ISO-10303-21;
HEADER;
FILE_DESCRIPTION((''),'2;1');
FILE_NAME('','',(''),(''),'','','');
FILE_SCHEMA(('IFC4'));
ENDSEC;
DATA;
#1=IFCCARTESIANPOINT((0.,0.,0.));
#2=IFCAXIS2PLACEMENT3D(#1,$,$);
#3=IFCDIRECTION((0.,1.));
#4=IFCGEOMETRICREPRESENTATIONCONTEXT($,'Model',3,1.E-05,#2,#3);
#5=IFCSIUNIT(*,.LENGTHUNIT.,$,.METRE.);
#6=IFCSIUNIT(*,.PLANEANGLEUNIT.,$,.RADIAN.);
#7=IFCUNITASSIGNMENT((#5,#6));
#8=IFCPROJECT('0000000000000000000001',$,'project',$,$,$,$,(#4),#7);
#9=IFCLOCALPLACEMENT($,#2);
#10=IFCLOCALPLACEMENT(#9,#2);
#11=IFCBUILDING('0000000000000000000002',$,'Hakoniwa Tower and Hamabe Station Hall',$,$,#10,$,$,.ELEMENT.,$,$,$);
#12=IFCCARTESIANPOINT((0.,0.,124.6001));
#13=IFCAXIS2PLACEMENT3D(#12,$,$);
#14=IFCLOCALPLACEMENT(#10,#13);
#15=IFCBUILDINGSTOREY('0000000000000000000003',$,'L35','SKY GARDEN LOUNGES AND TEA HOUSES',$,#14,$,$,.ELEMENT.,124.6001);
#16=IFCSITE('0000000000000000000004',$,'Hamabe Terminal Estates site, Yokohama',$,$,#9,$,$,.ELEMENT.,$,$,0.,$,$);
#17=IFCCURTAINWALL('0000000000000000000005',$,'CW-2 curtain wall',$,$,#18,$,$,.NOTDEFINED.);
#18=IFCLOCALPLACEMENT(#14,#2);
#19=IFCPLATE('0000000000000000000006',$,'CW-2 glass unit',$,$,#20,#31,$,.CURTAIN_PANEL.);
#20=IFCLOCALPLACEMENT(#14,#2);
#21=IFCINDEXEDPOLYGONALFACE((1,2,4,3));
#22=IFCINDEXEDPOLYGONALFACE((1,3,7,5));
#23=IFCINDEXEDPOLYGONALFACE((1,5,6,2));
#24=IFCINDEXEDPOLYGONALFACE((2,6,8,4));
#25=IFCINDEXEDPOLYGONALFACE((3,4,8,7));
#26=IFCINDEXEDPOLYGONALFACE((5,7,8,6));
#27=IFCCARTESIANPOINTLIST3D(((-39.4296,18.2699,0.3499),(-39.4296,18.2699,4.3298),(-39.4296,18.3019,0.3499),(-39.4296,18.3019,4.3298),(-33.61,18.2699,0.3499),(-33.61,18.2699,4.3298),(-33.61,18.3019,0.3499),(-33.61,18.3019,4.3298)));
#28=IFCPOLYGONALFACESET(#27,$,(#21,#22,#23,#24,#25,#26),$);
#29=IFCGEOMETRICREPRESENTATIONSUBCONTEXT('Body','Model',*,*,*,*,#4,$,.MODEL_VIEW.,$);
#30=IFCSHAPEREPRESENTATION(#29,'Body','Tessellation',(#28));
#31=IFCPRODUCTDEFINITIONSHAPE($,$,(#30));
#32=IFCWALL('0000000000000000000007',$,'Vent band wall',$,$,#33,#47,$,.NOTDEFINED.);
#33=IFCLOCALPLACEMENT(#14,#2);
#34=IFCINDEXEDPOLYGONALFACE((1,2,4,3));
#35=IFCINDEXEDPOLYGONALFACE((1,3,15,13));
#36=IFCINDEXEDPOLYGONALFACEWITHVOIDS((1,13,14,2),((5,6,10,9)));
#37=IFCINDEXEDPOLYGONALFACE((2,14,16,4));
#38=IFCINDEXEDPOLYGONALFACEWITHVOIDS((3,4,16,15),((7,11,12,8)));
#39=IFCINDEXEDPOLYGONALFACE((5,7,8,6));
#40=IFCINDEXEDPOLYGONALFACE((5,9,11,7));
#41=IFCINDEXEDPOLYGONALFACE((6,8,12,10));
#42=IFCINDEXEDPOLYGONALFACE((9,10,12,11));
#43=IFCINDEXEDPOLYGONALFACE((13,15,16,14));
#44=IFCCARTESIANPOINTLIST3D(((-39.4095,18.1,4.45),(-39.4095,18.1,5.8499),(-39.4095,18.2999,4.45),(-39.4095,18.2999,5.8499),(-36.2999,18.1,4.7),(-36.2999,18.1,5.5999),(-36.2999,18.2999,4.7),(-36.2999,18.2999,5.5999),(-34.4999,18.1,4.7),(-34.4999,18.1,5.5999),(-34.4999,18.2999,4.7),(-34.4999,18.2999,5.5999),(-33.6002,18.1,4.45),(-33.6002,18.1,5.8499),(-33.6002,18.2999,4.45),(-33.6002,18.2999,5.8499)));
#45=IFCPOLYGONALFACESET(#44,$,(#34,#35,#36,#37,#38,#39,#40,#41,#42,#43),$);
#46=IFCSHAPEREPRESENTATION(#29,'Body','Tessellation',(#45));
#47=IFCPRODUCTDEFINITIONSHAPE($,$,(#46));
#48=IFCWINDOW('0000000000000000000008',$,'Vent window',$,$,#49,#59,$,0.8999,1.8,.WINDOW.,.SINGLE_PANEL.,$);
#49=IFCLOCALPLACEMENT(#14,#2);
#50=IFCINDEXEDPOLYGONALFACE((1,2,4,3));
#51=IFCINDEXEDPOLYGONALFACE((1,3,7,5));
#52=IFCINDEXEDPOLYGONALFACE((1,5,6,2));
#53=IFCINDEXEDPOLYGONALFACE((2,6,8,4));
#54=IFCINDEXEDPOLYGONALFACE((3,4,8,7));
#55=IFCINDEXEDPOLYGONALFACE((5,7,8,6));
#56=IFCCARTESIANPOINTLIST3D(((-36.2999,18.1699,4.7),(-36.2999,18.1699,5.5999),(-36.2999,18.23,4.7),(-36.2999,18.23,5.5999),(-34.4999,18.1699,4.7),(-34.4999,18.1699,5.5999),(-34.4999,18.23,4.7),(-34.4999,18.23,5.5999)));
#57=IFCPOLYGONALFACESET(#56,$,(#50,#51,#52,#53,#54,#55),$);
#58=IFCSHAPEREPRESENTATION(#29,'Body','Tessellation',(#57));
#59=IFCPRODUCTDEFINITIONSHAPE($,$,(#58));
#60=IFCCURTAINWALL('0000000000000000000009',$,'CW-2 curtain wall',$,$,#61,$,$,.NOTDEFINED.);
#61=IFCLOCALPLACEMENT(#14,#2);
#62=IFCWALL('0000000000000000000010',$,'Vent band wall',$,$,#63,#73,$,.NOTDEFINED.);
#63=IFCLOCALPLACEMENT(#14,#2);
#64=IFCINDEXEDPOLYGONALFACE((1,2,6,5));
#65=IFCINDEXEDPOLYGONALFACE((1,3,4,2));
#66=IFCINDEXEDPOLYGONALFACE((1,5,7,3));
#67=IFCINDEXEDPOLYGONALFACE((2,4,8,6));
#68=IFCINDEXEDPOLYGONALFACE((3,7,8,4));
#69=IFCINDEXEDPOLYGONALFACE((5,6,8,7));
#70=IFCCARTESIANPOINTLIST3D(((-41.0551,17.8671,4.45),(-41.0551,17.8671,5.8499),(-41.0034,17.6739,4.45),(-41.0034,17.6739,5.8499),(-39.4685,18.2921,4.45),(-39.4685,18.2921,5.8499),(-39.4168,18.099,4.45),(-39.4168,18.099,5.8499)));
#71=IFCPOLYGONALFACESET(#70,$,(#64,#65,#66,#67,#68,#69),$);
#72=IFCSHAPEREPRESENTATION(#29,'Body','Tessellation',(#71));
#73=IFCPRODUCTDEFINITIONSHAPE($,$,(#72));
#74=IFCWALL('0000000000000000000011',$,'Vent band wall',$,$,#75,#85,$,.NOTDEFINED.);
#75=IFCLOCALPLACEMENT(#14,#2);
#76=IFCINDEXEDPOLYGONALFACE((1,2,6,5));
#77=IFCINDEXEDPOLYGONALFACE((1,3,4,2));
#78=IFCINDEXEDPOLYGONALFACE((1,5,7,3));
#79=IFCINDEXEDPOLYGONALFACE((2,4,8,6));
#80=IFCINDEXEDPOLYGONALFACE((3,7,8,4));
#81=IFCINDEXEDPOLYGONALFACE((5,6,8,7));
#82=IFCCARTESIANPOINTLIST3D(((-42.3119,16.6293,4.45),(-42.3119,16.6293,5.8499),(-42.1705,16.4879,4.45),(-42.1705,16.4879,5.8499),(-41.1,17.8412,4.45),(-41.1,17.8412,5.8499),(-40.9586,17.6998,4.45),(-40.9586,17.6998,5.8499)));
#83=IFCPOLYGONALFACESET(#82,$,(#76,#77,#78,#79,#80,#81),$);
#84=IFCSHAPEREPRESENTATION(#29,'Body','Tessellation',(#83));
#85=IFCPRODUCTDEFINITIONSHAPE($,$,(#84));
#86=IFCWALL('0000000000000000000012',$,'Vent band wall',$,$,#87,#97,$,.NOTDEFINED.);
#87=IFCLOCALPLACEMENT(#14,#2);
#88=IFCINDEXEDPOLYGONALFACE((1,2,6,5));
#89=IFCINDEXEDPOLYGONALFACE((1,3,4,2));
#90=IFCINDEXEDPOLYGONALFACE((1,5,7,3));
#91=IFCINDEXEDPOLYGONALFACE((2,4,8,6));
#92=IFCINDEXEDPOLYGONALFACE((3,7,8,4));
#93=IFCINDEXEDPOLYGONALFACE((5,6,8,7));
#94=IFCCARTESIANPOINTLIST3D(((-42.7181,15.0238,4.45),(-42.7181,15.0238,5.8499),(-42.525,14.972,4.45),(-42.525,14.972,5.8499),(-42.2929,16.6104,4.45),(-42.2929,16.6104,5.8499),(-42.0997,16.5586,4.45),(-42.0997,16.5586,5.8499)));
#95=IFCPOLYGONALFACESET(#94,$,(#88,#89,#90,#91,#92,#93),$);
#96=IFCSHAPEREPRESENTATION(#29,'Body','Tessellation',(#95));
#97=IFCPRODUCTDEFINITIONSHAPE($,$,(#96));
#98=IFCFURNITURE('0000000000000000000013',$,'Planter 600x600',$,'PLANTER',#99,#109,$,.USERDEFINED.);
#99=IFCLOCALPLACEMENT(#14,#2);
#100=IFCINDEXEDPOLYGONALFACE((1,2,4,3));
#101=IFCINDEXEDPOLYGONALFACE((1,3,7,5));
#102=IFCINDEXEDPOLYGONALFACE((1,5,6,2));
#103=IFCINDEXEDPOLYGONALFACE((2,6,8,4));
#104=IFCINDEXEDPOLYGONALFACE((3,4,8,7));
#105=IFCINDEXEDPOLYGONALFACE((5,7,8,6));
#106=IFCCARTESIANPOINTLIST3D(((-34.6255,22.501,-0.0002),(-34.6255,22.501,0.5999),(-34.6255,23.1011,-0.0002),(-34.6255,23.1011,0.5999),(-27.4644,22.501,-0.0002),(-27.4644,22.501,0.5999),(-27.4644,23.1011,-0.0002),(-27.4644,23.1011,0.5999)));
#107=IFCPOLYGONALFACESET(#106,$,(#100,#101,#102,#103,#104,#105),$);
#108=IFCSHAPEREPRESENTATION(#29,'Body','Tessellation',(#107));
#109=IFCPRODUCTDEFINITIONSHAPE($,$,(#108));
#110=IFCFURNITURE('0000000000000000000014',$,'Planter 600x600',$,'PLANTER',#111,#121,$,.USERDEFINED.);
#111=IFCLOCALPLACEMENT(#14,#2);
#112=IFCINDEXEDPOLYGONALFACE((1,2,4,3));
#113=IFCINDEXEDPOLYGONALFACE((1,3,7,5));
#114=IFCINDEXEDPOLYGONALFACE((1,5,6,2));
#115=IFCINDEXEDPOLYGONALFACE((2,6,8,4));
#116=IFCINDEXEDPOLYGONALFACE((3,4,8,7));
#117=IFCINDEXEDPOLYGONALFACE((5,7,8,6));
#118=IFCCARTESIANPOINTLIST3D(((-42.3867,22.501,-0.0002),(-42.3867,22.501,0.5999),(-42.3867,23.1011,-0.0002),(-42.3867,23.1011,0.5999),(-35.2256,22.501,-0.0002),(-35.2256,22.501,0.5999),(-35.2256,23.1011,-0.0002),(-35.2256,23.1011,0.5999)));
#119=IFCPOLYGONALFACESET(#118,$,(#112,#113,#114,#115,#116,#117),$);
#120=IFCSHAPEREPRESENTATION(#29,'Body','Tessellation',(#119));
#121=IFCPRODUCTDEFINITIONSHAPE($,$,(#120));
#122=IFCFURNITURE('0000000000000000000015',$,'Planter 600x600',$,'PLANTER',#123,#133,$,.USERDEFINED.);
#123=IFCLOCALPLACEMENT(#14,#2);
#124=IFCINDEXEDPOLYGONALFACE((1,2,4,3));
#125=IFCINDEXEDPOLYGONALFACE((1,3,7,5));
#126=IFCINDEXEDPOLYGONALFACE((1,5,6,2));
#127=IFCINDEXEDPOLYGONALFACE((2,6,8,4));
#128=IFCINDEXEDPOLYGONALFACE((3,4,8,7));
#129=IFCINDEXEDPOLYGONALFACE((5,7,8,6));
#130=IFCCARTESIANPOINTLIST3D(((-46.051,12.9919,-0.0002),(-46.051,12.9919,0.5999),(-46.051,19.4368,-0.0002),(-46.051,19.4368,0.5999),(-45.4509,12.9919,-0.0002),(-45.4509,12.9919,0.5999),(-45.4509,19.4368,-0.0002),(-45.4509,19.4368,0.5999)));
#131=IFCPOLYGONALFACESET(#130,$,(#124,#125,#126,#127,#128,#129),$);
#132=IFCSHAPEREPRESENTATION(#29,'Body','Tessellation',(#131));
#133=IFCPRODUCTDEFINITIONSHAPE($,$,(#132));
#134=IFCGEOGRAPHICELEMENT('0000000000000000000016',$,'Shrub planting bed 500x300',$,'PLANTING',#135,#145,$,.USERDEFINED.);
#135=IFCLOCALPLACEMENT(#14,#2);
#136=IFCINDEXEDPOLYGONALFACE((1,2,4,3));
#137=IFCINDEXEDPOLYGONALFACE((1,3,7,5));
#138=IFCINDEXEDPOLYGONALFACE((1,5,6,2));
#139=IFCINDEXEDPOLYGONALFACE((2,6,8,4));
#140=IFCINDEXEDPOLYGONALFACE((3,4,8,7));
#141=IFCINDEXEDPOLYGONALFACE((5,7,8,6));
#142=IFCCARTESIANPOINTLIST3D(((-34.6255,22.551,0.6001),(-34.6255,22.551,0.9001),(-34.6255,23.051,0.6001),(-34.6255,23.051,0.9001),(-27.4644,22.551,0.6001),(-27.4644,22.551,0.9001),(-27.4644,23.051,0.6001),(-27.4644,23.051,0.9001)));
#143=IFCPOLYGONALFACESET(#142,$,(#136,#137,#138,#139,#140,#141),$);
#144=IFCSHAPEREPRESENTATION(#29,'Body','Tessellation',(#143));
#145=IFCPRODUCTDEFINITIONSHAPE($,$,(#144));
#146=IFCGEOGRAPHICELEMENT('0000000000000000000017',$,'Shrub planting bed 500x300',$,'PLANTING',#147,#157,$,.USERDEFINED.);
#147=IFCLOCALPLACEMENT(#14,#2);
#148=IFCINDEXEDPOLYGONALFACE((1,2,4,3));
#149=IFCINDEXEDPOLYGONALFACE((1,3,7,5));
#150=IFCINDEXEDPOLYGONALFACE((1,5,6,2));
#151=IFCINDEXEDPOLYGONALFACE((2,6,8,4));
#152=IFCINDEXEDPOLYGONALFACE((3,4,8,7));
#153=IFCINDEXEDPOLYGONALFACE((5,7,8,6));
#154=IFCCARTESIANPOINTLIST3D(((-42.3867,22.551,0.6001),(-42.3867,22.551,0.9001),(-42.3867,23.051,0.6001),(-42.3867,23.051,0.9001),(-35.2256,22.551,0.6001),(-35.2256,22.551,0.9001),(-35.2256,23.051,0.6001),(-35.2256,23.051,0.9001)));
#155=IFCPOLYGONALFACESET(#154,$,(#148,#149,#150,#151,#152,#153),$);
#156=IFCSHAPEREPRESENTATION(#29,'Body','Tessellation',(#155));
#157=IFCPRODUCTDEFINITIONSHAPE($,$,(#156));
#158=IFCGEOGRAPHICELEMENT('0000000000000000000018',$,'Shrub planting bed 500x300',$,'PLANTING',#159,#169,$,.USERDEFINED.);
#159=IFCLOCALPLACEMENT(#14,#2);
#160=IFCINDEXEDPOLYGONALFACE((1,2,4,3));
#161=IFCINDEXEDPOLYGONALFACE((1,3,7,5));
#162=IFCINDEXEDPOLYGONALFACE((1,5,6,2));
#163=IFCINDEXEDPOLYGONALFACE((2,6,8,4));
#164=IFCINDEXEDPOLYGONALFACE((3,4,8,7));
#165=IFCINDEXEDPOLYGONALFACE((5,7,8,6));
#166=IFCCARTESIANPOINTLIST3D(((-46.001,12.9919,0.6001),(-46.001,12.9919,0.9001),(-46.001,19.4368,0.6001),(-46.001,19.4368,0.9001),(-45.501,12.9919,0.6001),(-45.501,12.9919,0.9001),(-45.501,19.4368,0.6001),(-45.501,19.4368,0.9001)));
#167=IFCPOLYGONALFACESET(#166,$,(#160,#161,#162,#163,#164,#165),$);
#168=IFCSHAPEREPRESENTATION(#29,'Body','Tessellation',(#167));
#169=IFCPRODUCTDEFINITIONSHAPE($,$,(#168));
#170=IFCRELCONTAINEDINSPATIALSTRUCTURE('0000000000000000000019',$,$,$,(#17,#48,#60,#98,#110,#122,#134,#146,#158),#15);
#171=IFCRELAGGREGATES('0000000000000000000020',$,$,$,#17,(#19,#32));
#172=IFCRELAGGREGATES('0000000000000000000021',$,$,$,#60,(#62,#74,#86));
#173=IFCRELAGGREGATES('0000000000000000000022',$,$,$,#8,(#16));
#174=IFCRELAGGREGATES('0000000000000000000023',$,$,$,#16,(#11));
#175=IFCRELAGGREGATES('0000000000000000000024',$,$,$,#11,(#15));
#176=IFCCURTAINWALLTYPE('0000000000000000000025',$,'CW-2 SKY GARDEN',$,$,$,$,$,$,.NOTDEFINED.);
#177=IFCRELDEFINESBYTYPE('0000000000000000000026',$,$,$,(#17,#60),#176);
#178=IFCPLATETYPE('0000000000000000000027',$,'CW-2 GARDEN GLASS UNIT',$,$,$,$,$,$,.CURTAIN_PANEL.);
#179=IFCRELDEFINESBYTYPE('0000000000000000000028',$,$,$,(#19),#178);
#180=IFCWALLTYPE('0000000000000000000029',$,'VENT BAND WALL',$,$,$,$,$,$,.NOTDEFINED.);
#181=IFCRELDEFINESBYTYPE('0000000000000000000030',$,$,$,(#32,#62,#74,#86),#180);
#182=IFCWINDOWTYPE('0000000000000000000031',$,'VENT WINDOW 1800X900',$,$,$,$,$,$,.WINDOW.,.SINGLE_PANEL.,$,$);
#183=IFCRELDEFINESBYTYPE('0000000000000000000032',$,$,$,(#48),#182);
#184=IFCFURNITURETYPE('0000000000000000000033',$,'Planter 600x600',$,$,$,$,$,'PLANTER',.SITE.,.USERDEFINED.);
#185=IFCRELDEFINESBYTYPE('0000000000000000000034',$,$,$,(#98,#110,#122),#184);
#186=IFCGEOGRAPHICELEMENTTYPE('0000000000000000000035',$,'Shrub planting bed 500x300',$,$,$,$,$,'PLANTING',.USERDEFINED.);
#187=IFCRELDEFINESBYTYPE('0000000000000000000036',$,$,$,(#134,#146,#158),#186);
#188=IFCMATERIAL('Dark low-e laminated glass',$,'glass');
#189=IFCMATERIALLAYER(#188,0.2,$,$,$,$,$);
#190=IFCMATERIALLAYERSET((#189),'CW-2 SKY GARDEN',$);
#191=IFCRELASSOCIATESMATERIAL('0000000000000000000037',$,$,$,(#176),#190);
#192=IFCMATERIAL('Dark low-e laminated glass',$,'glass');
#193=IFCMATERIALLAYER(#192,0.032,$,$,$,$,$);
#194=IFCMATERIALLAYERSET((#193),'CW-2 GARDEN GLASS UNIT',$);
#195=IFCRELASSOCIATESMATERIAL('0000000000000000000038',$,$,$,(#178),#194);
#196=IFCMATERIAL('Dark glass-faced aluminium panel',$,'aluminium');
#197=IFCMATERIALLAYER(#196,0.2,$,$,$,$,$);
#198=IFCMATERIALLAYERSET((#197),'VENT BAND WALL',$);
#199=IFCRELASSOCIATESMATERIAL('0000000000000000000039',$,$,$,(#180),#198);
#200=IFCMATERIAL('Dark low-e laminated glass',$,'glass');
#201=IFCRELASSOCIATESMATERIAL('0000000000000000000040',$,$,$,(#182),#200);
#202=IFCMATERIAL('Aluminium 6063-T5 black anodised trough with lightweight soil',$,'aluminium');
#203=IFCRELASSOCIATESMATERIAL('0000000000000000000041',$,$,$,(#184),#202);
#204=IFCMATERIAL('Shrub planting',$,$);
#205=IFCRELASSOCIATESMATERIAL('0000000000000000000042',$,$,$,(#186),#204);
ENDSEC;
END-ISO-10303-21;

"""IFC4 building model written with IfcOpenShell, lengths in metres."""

from ifc_helpers import new_model, si_unit, direction, frame, frame_2d, origin, origin_2d, place, context, subcontext, project, spatial, rectangle, extrude, material, layer, layer_set, type_object, element, fill, aggregate, save


model = new_model("IFC4")

# Units and contexts
model_context = context("Model", 3, precision=1e-05, world=origin(), true_north=direction((0.0, 1.0)))
body_context = subcontext(model_context, "Body", "Model", "MODEL_VIEW")
ifc_project = project(units=[si_unit("LENGTHUNIT", "METRE"), si_unit("PLANEANGLEUNIT", "RADIAN")], contexts=[model_context])

# Site, building, storey
site_placement = place(None, origin())
site = spatial("IfcSite", under=ifc_project, at=site_placement, Name="Hamabe Terminal Estates site, Yokohama", CompositionType="ELEMENT", RefElevation=0.0)
building_placement = place(site_placement, origin())
building = spatial("IfcBuilding", under=site, at=building_placement, Name="Hakoniwa Tower and Hamabe Station Hall", CompositionType="ELEMENT")
storey_placement = place(building_placement, frame((0.0, 0.0, 124.6001)))
storey = spatial("IfcBuildingStorey", under=building, at=storey_placement, Name="L35", Description="SKY GARDEN LOUNGES AND TEA HOUSES", CompositionType="ELEMENT", Elevation=124.6001)

# Curtain wall
ifc_material_1 = material(Name="Dark low-e laminated glass", Category="glass")
ifc_layer_1 = layer(ifc_material_1, 0.2)
ifc_layer_set_1 = layer_set([ifc_layer_1], Name="CW-2 SKY GARDEN")
curtain_wall_type = type_object("IfcCurtainWallType", Name="CW-2 SKY GARDEN", PredefinedType="NOTDEFINED", material=ifc_layer_set_1)
curtain_wall_1_placement = place(storey_placement, origin())
curtain_wall_1 = element("IfcCurtainWall", 1, at=curtain_wall_1_placement, inside=storey, type_object=curtain_wall_type, Name="CW-2 curtain wall", PredefinedType="NOTDEFINED")

# Plate
ifc_material_2 = material(Name="Dark low-e laminated glass", Category="glass")
ifc_layer_2 = layer(ifc_material_2, 0.032)
ifc_layer_set_2 = layer_set([ifc_layer_2], Name="CW-2 GARDEN GLASS UNIT")
plate_type = type_object("IfcPlateType", Name="CW-2 GARDEN GLASS UNIT", PredefinedType="CURTAIN_PANEL", material=ifc_layer_set_2)
plate_1_placement = place(storey_placement, frame((-36.5198, 18.2859, 0.3499), z_axis=(0.0, 0.0, 1.0), x_axis=(-1.0, 0.0, 0.0)))
plate_1 = element("IfcPlate", 2, at=plate_1_placement, type_object=plate_type, Name="CW-2 glass unit", PredefinedType="CURTAIN_PANEL", context=body_context, shape_type="SweptSolid", body=[
    extrude(rectangle(XDim=5.8196, YDim=0.032, at=origin_2d()), origin(), (0.0, 0.0, 1.0), 3.98),
])

# Wall, opening, window
ifc_material_3 = material(Name="Dark glass-faced aluminium panel", Category="aluminium")
ifc_layer_3 = layer(ifc_material_3, 0.2)
ifc_layer_set_3 = layer_set([ifc_layer_3], Name="VENT BAND WALL")
wall_type = type_object("IfcWallType", Name="VENT BAND WALL", PredefinedType="NOTDEFINED", material=ifc_layer_set_3)
wall_1_placement = place(storey_placement, frame((-33.6001, 18.2, 4.45), z_axis=(0.0, 0.0, 1.0), x_axis=(-1.0, 0.0, 0.0)))
wall_1 = element("IfcWall", 3, at=wall_1_placement, type_object=wall_type, Name="Vent band wall", PredefinedType="NOTDEFINED", context=body_context, shape_type="SweptSolid", body=[
    extrude(rectangle(XDim=5.8093, YDim=0.2, at=frame_2d((2.9048, 0.0))), origin(), (0.0, 0.0, 1.0), 1.3999),
])
opening_placement = place(wall_1_placement, frame((0.8999, 0.0, 0.25)))
opening = element("IfcOpeningElement", 4, at=opening_placement, cuts=wall_1, PredefinedType="OPENING", context=body_context, shape_type="SweptSolid", body=[
    extrude(rectangle(XDim=1.8, YDim=0.8999, at=frame_2d((0.8999, 0.45))), frame((0.0, 0.1099, 0.0), z_axis=(0.0, -1.0, 0.0), x_axis=(1.0, 0.0, 0.0)), (0.0, 0.0, 1.0), 0.22),
])
ifc_material_4 = material(Name="Dark low-e laminated glass", Category="glass")
window_type = type_object("IfcWindowType", Name="VENT WINDOW 1800X900", PartitioningType="SINGLE_PANEL", PredefinedType="WINDOW", material=ifc_material_4)
window_placement = place(opening_placement, origin())
window = element("IfcWindow", 5, at=window_placement, inside=storey, type_object=window_type, Name="Vent window", OverallHeight=0.8999, OverallWidth=1.8, PartitioningType="SINGLE_PANEL", PredefinedType="WINDOW", context=body_context, shape_type="SweptSolid", body=[
    extrude(rectangle(XDim=1.8, YDim=0.8999, at=frame_2d((0.8999, 0.45))), frame((0.0, 0.03, 0.0), z_axis=(0.0, -1.0, 0.0), x_axis=(1.0, 0.0, 0.0)), (0.0, 0.0, 1.0), 0.0601),
])
fill(opening, window)
aggregate(curtain_wall_1, [plate_1, wall_1])

# Curtain wall, walls
curtain_wall_2_placement = place(storey_placement, origin())
curtain_wall_2 = element("IfcCurtainWall", 6, at=curtain_wall_2_placement, inside=storey, type_object=curtain_wall_type, Name="CW-2 curtain wall", PredefinedType="NOTDEFINED")
wall_2_placement = place(storey_placement, frame((-39.4426, 18.1956, 4.45), z_axis=(0.0, 0.0, 1.0), x_axis=(-0.965941, -0.258763, 0.0)))
wall_2 = element("IfcWall", 7, at=wall_2_placement, type_object=wall_type, Name="Vent band wall", PredefinedType="NOTDEFINED", context=body_context, shape_type="SweptSolid", body=[
    extrude(rectangle(XDim=1.6426, YDim=0.2, at=frame_2d((0.8213, 0.0))), origin(), (0.0, 0.0, 1.0), 1.3999),
])
wall_3_placement = place(storey_placement, frame((-41.0293, 17.7705, 4.45), z_axis=(0.0, 0.0, 1.0), x_axis=(-0.707107, -0.707107, 0.0)))
wall_3 = element("IfcWall", 8, at=wall_3_placement, type_object=wall_type, Name="Vent band wall", PredefinedType="NOTDEFINED", context=body_context, shape_type="SweptSolid", body=[
    extrude(rectangle(XDim=1.7139, YDim=0.2, at=frame_2d((0.8569, 0.0))), origin(), (0.0, 0.0, 1.0), 1.3999),
])
wall_4_placement = place(storey_placement, frame((-42.1963, 16.5845, 4.45), z_axis=(0.0, 0.0, 1.0), x_axis=(-0.258902, -0.965904, 0.0)))
wall_4 = element("IfcWall", 9, at=wall_4_placement, type_object=wall_type, Name="Vent band wall", PredefinedType="NOTDEFINED", context=body_context, shape_type="SweptSolid", body=[
    extrude(rectangle(XDim=1.6426, YDim=0.2, at=frame_2d((0.8213, 0.0))), origin(), (0.0, 0.0, 1.0), 1.3999),
])
aggregate(curtain_wall_2, [wall_2, wall_3, wall_4])

# Furniture
ifc_material_5 = material(Name="Aluminium 6063-T5 black anodised trough with lightweight soil", Category="aluminium")
furniture_type = type_object("IfcFurnitureType", Name="Planter 600x600", ElementType="PLANTER", AssemblyPlace="SITE", PredefinedType="USERDEFINED", material=ifc_material_5)
for number, where, z_axis, x_axis, name in (
    (10, (-31.0449, 22.801, -0.0002), (0.0, 0.0, 1.0), (-1.0, 0.0, 0.0), "Planter 600x600"),
    (11, (-38.8062, 22.801, -0.0002), (0.0, 0.0, 1.0), (-1.0, 0.0, 0.0), "Planter 600x600"),
):
    element("IfcFurniture", number, at=place(storey_placement, frame(where, z_axis=z_axis, x_axis=x_axis)), inside=storey, type_object=furniture_type, Name=name, ObjectType="PLANTER", PredefinedType="USERDEFINED", context=body_context, shape_type="SweptSolid", body=[
        extrude(rectangle(XDim=7.1611, YDim=0.6001, at=origin_2d()), origin(), (0.0, 0.0, 1.0), 0.6001),
    ])
furniture_placement = place(storey_placement, frame((-45.751, 16.2144, -0.0002), z_axis=(0.0, 0.0, 1.0), x_axis=(0.0, -1.0, 0.0)))
element("IfcFurniture", 12, at=furniture_placement, inside=storey, type_object=furniture_type, Name="Planter 600x600", ObjectType="PLANTER", PredefinedType="USERDEFINED", context=body_context, shape_type="SweptSolid", body=[
    extrude(rectangle(XDim=6.4448, YDim=0.6001, at=origin_2d()), origin(), (0.0, 0.0, 1.0), 0.6001),
])

# Geographic elements
ifc_material_6 = material(Name="Shrub planting")
geographic_element_type = type_object("IfcGeographicElementType", Name="Shrub planting bed 500x300", ElementType="PLANTING", PredefinedType="USERDEFINED", material=ifc_material_6)
for number, where, z_axis, x_axis, name in (
    (13, (-31.0449, 22.801, 0.6001), (0.0, 0.0, 1.0), (-1.0, 0.0, 0.0), "Shrub planting bed 500x300"),
    (14, (-38.8062, 22.801, 0.6001), (0.0, 0.0, 1.0), (-1.0, 0.0, 0.0), "Shrub planting bed 500x300"),
):
    element("IfcGeographicElement", number, at=place(storey_placement, frame(where, z_axis=z_axis, x_axis=x_axis)), inside=storey, type_object=geographic_element_type, Name=name, ObjectType="PLANTING", PredefinedType="USERDEFINED", context=body_context, shape_type="SweptSolid", body=[
        extrude(rectangle(XDim=7.1611, YDim=0.5, at=origin_2d()), origin(), (0.0, 0.0, 1.0), 0.3),
    ])
geographic_element_placement = place(storey_placement, frame((-45.751, 16.2144, 0.6001), z_axis=(0.0, 0.0, 1.0), x_axis=(0.0, -1.0, 0.0)))
element("IfcGeographicElement", 15, at=geographic_element_placement, inside=storey, type_object=geographic_element_type, Name="Shrub planting bed 500x300", ObjectType="PLANTING", PredefinedType="USERDEFINED", context=body_context, shape_type="SweptSolid", body=[
    extrude(rectangle(XDim=6.4448, YDim=0.5, at=origin_2d()), origin(), (0.0, 0.0, 1.0), 0.3),
])

save(model, "model.ifc")
